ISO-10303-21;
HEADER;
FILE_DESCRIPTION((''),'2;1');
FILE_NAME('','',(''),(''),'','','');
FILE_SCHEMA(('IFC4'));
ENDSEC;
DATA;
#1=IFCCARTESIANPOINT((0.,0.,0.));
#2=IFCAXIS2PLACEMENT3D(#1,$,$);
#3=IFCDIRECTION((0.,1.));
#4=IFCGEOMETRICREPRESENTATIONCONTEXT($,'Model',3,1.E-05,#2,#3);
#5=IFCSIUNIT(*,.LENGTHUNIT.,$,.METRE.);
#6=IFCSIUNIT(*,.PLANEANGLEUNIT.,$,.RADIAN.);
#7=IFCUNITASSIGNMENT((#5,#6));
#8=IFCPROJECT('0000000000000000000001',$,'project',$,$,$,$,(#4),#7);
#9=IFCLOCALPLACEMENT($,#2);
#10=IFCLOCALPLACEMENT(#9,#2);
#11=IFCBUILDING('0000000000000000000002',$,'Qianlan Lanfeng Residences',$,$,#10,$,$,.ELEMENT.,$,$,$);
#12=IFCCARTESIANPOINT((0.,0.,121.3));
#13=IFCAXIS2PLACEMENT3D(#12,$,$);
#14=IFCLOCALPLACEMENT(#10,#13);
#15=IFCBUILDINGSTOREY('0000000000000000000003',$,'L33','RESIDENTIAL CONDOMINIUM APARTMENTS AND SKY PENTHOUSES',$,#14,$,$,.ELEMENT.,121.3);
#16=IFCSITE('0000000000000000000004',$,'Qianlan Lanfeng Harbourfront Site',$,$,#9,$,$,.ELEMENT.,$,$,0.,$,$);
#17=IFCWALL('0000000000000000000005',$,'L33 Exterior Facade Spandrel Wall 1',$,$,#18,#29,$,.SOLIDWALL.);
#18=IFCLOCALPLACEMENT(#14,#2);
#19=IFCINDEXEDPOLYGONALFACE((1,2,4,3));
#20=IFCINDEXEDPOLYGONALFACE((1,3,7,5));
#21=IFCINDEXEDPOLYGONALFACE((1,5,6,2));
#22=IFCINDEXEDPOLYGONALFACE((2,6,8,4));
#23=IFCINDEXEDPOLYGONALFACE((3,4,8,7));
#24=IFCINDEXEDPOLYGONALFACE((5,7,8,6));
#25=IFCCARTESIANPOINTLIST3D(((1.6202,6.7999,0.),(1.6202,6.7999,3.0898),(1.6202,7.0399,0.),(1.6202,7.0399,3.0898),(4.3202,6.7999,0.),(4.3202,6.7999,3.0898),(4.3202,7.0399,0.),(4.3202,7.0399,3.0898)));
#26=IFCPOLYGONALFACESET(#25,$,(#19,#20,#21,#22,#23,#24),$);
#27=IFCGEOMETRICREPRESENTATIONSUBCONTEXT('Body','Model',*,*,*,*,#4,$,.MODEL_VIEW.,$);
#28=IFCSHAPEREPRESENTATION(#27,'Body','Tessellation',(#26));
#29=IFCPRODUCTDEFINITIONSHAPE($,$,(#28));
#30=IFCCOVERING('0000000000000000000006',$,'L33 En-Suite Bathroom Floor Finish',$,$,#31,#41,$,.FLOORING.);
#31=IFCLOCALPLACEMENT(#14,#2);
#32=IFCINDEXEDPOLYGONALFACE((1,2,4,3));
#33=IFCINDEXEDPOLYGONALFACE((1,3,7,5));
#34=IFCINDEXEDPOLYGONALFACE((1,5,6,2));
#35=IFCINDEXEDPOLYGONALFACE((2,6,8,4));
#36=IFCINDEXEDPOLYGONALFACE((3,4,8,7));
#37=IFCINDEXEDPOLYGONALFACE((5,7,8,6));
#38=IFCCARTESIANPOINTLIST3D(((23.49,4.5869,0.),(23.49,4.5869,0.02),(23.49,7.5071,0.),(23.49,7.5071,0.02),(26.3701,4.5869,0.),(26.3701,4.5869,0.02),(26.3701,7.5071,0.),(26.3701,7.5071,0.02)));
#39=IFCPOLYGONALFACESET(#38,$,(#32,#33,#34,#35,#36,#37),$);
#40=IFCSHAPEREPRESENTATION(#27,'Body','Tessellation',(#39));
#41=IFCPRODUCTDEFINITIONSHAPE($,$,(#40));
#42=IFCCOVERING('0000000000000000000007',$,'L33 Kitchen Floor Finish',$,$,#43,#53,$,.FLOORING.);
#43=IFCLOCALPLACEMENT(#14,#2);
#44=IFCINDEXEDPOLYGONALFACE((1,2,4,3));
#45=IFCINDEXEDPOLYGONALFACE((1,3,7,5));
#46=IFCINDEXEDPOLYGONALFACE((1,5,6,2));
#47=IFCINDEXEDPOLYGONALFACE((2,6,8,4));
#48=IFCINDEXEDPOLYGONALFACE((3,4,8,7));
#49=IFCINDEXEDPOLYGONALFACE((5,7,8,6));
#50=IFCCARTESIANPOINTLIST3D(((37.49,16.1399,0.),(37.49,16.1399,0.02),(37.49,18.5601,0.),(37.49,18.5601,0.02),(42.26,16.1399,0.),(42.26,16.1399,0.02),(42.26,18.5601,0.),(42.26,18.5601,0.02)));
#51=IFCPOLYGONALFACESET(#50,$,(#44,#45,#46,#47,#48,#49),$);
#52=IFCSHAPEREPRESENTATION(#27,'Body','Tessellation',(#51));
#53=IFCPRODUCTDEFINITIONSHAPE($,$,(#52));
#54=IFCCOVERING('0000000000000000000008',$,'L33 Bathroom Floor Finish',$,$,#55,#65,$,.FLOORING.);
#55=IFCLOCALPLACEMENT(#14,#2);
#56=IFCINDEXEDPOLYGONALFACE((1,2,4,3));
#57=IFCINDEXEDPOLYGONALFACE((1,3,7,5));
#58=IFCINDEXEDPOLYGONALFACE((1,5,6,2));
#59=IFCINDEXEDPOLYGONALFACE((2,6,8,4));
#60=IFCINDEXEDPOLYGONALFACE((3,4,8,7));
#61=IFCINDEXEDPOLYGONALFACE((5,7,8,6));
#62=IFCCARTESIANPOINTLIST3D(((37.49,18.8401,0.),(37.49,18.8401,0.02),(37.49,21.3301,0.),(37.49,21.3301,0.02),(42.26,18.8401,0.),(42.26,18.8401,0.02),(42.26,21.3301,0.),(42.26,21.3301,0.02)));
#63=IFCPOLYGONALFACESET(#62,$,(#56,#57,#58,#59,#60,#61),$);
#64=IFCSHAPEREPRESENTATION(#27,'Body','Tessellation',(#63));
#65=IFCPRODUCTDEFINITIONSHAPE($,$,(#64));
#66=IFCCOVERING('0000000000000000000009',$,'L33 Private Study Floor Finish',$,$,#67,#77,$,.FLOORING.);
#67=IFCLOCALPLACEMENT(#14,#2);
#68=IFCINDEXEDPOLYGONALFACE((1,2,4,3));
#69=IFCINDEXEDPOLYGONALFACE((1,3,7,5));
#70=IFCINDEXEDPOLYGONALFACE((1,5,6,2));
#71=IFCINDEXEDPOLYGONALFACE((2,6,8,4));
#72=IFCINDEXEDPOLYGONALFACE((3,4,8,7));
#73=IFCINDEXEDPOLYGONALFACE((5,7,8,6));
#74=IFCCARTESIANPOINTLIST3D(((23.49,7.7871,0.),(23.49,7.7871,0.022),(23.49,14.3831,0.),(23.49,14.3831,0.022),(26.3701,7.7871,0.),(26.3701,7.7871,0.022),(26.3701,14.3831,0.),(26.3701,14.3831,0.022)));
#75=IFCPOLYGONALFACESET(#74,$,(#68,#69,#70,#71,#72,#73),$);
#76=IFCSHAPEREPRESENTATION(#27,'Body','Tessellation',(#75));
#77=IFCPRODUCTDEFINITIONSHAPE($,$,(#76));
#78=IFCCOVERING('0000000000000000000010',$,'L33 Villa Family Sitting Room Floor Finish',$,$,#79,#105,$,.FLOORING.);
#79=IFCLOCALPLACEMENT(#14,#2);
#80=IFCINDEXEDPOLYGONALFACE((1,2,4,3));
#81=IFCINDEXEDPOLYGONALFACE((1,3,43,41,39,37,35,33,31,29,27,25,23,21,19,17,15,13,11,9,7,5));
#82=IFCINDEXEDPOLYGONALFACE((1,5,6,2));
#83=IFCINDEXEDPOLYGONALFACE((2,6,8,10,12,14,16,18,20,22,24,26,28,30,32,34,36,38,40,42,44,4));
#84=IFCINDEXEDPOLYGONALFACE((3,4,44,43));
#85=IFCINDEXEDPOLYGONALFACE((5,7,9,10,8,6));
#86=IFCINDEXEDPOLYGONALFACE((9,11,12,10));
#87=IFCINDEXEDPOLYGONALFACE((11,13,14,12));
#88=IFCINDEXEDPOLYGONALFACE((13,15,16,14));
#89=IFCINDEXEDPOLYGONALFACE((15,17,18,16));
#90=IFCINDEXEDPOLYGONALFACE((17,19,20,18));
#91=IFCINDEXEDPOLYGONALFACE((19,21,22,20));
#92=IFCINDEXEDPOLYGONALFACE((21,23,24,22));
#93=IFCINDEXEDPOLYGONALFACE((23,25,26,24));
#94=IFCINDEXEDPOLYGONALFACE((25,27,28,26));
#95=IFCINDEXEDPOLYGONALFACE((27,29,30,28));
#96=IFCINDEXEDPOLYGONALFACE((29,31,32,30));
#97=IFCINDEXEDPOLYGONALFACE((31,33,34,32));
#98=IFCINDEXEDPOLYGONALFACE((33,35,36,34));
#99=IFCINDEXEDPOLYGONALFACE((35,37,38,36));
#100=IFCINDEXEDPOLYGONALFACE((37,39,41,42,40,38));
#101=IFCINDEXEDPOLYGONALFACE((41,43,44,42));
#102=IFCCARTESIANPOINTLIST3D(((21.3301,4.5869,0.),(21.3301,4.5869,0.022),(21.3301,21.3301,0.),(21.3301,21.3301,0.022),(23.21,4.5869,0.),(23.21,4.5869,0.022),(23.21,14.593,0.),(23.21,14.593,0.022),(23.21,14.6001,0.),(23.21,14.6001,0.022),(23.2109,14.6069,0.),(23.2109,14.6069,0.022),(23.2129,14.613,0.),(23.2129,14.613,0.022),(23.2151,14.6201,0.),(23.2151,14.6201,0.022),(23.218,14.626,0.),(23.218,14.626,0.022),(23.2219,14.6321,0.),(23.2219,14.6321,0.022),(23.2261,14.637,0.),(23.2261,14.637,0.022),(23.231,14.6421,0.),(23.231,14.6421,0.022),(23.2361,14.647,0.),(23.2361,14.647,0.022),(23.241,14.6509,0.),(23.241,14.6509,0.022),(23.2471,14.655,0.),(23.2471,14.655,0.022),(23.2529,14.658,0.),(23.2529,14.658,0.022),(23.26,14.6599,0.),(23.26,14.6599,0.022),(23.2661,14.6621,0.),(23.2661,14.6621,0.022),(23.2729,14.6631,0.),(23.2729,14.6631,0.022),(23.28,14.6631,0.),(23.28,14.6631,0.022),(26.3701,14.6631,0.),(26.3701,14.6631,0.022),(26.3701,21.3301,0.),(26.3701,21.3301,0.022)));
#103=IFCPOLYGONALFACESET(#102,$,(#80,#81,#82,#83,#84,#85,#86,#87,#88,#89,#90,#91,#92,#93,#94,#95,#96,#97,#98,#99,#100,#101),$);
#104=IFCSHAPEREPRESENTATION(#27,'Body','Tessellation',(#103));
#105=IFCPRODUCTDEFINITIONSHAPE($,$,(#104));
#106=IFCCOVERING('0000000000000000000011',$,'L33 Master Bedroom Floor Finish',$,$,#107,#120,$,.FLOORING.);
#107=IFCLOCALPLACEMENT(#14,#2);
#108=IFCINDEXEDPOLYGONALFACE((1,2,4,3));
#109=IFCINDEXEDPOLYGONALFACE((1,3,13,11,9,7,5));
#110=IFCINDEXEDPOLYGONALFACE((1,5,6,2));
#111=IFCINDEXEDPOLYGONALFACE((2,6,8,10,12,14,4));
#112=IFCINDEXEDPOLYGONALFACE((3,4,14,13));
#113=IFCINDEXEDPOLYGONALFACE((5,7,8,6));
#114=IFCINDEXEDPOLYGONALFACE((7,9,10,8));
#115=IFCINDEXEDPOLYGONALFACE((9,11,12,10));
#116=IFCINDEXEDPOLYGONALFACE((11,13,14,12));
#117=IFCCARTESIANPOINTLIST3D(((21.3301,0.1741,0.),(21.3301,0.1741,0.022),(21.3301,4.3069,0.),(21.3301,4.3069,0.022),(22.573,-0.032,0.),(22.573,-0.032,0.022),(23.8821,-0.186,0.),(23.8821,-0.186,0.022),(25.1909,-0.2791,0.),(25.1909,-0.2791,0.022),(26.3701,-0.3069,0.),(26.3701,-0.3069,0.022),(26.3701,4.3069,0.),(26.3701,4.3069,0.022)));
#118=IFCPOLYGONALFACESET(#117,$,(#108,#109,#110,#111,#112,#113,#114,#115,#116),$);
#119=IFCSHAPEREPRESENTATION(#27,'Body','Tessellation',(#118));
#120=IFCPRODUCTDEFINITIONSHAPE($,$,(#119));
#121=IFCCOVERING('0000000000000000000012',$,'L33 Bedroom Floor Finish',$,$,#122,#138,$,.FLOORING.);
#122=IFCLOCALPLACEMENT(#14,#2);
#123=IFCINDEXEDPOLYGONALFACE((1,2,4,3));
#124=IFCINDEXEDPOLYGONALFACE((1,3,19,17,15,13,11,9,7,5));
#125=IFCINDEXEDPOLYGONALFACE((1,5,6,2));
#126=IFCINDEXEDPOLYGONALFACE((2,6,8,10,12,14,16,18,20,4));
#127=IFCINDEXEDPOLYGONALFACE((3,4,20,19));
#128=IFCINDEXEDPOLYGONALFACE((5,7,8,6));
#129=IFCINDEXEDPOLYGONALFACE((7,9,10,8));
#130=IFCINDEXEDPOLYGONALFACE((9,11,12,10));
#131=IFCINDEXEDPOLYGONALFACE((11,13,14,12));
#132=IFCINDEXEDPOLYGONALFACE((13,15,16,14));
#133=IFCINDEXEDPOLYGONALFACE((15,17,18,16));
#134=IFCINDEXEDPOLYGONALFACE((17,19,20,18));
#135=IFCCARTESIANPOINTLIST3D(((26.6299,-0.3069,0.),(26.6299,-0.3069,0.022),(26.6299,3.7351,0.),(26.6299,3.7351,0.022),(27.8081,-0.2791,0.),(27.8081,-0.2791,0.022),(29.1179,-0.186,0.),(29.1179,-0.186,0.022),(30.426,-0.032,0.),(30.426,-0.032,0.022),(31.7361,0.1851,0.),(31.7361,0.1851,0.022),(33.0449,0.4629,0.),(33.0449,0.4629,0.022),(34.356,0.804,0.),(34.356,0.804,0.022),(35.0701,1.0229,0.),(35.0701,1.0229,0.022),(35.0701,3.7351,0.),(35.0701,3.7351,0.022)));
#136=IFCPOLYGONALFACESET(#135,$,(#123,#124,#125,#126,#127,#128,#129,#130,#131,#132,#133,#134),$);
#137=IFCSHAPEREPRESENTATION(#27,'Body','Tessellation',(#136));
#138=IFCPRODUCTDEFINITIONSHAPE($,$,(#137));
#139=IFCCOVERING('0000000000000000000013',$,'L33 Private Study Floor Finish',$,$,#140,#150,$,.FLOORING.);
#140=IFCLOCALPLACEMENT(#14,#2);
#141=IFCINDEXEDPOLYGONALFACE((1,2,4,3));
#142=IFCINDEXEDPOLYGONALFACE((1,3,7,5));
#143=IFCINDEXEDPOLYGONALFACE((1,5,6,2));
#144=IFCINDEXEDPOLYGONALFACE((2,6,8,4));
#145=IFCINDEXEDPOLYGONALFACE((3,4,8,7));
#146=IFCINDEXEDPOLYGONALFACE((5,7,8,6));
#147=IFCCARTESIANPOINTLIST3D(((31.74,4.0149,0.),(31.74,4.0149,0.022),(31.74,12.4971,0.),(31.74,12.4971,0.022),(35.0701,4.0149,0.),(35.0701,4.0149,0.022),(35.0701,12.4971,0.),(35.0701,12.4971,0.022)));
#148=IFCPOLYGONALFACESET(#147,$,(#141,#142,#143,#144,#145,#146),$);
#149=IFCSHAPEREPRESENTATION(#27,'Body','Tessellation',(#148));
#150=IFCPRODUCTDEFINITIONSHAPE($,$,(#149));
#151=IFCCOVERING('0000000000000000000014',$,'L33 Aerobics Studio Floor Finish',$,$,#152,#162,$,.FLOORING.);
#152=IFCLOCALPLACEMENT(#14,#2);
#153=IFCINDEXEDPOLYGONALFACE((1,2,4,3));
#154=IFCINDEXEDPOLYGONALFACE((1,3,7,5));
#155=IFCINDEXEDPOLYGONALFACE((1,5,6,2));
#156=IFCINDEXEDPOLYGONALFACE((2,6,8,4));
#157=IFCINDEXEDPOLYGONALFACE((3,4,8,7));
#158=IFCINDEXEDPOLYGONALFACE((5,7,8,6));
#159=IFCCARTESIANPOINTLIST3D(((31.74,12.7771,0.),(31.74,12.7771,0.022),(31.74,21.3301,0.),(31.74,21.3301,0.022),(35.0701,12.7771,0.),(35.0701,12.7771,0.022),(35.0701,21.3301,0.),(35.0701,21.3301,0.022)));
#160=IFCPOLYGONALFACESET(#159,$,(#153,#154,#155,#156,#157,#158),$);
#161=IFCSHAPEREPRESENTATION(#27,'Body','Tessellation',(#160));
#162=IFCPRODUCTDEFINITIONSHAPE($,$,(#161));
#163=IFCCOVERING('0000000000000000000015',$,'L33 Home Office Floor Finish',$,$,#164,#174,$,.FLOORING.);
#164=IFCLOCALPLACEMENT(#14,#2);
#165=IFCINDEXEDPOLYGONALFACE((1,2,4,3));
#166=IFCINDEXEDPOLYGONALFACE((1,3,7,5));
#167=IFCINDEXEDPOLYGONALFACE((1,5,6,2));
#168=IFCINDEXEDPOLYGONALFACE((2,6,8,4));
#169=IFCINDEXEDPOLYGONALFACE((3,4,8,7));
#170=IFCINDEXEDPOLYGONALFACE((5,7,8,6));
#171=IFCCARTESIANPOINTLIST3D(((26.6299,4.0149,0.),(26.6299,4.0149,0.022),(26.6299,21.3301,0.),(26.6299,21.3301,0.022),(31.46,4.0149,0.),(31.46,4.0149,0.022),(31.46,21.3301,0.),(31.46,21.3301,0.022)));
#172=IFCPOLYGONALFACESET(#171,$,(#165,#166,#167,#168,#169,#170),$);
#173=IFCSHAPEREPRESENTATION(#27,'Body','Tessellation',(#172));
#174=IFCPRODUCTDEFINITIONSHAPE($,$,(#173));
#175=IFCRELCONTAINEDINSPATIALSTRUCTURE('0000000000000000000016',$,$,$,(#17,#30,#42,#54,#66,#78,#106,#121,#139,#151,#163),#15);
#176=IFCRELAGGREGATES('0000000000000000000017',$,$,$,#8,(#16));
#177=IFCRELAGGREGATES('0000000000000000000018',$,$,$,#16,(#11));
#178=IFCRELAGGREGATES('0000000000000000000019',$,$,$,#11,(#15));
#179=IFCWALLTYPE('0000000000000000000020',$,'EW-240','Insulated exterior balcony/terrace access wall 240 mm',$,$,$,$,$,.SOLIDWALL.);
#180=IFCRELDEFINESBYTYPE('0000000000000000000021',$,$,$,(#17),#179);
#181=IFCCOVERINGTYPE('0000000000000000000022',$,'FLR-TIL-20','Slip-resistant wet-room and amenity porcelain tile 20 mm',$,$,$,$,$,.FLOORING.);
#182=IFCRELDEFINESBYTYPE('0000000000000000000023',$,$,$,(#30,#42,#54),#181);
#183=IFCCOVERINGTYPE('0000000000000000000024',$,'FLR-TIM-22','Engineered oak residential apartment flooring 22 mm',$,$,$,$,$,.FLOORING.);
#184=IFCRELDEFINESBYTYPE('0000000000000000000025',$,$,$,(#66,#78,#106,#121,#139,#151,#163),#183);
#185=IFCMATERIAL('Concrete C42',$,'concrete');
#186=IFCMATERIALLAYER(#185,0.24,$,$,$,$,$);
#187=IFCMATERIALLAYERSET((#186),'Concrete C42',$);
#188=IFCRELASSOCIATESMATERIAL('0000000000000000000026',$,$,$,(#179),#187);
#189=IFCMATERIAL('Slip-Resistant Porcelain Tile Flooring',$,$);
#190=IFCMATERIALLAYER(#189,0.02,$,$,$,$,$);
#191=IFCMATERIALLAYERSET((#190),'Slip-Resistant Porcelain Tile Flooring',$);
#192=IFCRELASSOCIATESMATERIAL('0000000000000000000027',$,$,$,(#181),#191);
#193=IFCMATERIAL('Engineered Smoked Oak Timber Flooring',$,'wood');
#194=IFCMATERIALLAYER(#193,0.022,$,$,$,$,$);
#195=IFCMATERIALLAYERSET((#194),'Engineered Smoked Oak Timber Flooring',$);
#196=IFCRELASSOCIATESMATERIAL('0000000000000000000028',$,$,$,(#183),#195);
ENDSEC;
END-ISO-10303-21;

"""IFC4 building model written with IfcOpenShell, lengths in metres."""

from ifc_helpers import new_model, si_unit, direction, frame, frame_2d, origin, place, context, subcontext, project, spatial, polyline, rectangle, outline, extrude, material, layer, layer_set, type_object, element, save


model = new_model("IFC4")

# Units and contexts
model_context = context("Model", 3, precision=1e-05, world=origin(), true_north=direction((0.0, 1.0)))
body_context = subcontext(model_context, "Body", "Model", "MODEL_VIEW")
ifc_project = project(units=[si_unit("LENGTHUNIT", "METRE"), si_unit("PLANEANGLEUNIT", "RADIAN")], contexts=[model_context])

# Site, building, storey
site_placement = place(None, origin())
site = spatial("IfcSite", under=ifc_project, at=site_placement, Name="Qianlan Lanfeng Harbourfront Site", CompositionType="ELEMENT", RefElevation=0.0)
building_placement = place(site_placement, origin())
building = spatial("IfcBuilding", under=site, at=building_placement, Name="Qianlan Lanfeng Residences", CompositionType="ELEMENT")
storey_placement = place(building_placement, frame((0.0, 0.0, 121.3)))
storey = spatial("IfcBuildingStorey", under=building, at=storey_placement, Name="L33", Description="RESIDENTIAL CONDOMINIUM APARTMENTS AND SKY PENTHOUSES", CompositionType="ELEMENT", Elevation=121.3)

# Wall
ifc_material_1 = material(Name="Concrete C42", Category="concrete")
ifc_layer_1 = layer(ifc_material_1, 0.24)
ifc_layer_set_1 = layer_set([ifc_layer_1], Name="Concrete C42")
wall_type = type_object("IfcWallType", Name="EW-240", Description="Insulated exterior balcony/terrace access wall 240 mm", PredefinedType="SOLIDWALL", material=ifc_layer_set_1)
wall_placement = place(storey_placement, frame((1.6201, 6.9199, 0.0), z_axis=(0.0, 0.0, 1.0), x_axis=(1.0, 0.0, 0.0)))
element("IfcWall", 1, at=wall_placement, inside=storey, type_object=wall_type, Name="L33 Exterior Facade Spandrel Wall 1", PredefinedType="SOLIDWALL", context=body_context, shape_type="SweptSolid", body=[
    extrude(rectangle(XDim=2.7, YDim=0.24, at=frame_2d((1.3501, 0.0))), origin(), (0.0, 0.0, 1.0), 3.0898),
])

# Coverings
ifc_material_2 = material(Name="Slip-Resistant Porcelain Tile Flooring")
ifc_layer_2 = layer(ifc_material_2, 0.02)
ifc_layer_set_2 = layer_set([ifc_layer_2], Name="Slip-Resistant Porcelain Tile Flooring")
covering_type_1 = type_object("IfcCoveringType", Name="FLR-TIL-20", Description="Slip-resistant wet-room and amenity porcelain tile 20 mm", PredefinedType="FLOORING", material=ifc_layer_set_2)
covering_1_placement = place(storey_placement, origin())
element("IfcCovering", 2, at=covering_1_placement, inside=storey, type_object=covering_type_1, Name="L33 En-Suite Bathroom Floor Finish", PredefinedType="FLOORING", context=body_context, shape_type="SweptSolid", body=[
    extrude(outline(polyline([(23.49, 4.5869), (26.3701, 4.5869), (26.3701, 7.5071), (23.49, 7.5071), (23.49, 4.5869)])), origin(), (0.0, 0.0, 1.0), 0.02),
])
covering_2_placement = place(storey_placement, origin())
element("IfcCovering", 3, at=covering_2_placement, inside=storey, type_object=covering_type_1, Name="L33 Kitchen Floor Finish", PredefinedType="FLOORING", context=body_context, shape_type="SweptSolid", body=[
    extrude(outline(polyline([(37.49, 16.1399), (42.26, 16.1399), (42.26, 18.5601), (37.49, 18.5601), (37.49, 16.1399)])), origin(), (0.0, 0.0, 1.0), 0.02),
])
covering_3_placement = place(storey_placement, origin())
element("IfcCovering", 4, at=covering_3_placement, inside=storey, type_object=covering_type_1, Name="L33 Bathroom Floor Finish", PredefinedType="FLOORING", context=body_context, shape_type="SweptSolid", body=[
    extrude(outline(polyline([(37.49, 18.8401), (42.26, 18.8401), (42.26, 21.3301), (37.49, 21.3301), (37.49, 18.8401)])), origin(), (0.0, 0.0, 1.0), 0.02),
])
ifc_material_3 = material(Name="Engineered Smoked Oak Timber Flooring", Category="wood")
ifc_layer_3 = layer(ifc_material_3, 0.022)
ifc_layer_set_3 = layer_set([ifc_layer_3], Name="Engineered Smoked Oak Timber Flooring")
covering_type_2 = type_object("IfcCoveringType", Name="FLR-TIM-22", Description="Engineered oak residential apartment flooring 22 mm", PredefinedType="FLOORING", material=ifc_layer_set_3)
covering_4_placement = place(storey_placement, origin())
element("IfcCovering", 5, at=covering_4_placement, inside=storey, type_object=covering_type_2, Name="L33 Private Study Floor Finish", PredefinedType="FLOORING", context=body_context, shape_type="SweptSolid", body=[
    extrude(outline(polyline([(23.49, 7.7871), (26.3701, 7.7871), (26.3701, 14.3831), (23.49, 14.3831), (23.49, 7.7871)])), origin(), (0.0, 0.0, 1.0), 0.022),
])
covering_5_placement = place(storey_placement, origin())
element("IfcCovering", 6, at=covering_5_placement, inside=storey, type_object=covering_type_2, Name="L33 Villa Family Sitting Room Floor Finish", PredefinedType="FLOORING", context=body_context, shape_type="SweptSolid", body=[
    extrude(outline(polyline([(21.3301, 4.5869), (23.21, 4.5869), (23.21, 14.593), (23.21, 14.6001), (23.2109, 14.6069), (23.2129, 14.613), (23.2151, 14.6201), (23.218, 14.626), (23.2219, 14.6321), (23.2261, 14.637), (23.231, 14.6421), (23.2361, 14.647), (23.241, 14.6509), (23.2471, 14.655), (23.2529, 14.658), (23.26, 14.6599), (23.2661, 14.6621), (23.2729, 14.6631), (23.28, 14.6631), (26.3701, 14.6631), (26.3701, 21.3301), (21.3301, 21.3301), (21.3301, 4.5869)])), origin(), (0.0, 0.0, 1.0), 0.022),
])
covering_6_placement = place(storey_placement, origin())
element("IfcCovering", 7, at=covering_6_placement, inside=storey, type_object=covering_type_2, Name="L33 Master Bedroom Floor Finish", PredefinedType="FLOORING", context=body_context, shape_type="SweptSolid", body=[
    extrude(outline(polyline([(21.3301, 4.3069), (21.3301, 0.1741), (22.573, -0.032), (23.8821, -0.186), (25.1909, -0.2791), (26.3701, -0.3069), (26.3701, 4.3069), (21.3301, 4.3069)])), origin(), (0.0, 0.0, 1.0), 0.022),
])
covering_7_placement = place(storey_placement, origin())
element("IfcCovering", 8, at=covering_7_placement, inside=storey, type_object=covering_type_2, Name="L33 Bedroom Floor Finish", PredefinedType="FLOORING", context=body_context, shape_type="SweptSolid", body=[
    extrude(outline(polyline([(26.6299, 3.7351), (26.6299, -0.3069), (27.8081, -0.2791), (29.1179, -0.186), (30.426, -0.032), (31.7361, 0.1851), (33.0449, 0.4629), (34.356, 0.804), (35.0701, 1.0229), (35.0701, 3.7351), (26.6299, 3.7351)])), origin(), (0.0, 0.0, 1.0), 0.022),
])
covering_8_placement = place(storey_placement, origin())
element("IfcCovering", 9, at=covering_8_placement, inside=storey, type_object=covering_type_2, Name="L33 Private Study Floor Finish", PredefinedType="FLOORING", context=body_context, shape_type="SweptSolid", body=[
    extrude(outline(polyline([(31.74, 4.0149), (35.0701, 4.0149), (35.0701, 12.4971), (31.74, 12.4971), (31.74, 4.0149)])), origin(), (0.0, 0.0, 1.0), 0.022),
])
covering_9_placement = place(storey_placement, origin())
element("IfcCovering", 10, at=covering_9_placement, inside=storey, type_object=covering_type_2, Name="L33 Aerobics Studio Floor Finish", PredefinedType="FLOORING", context=body_context, shape_type="SweptSolid", body=[
    extrude(outline(polyline([(31.74, 12.7771), (35.0701, 12.7771), (35.0701, 21.3301), (31.74, 21.3301), (31.74, 12.7771)])), origin(), (0.0, 0.0, 1.0), 0.022),
])
covering_10_placement = place(storey_placement, origin())
element("IfcCovering", 11, at=covering_10_placement, inside=storey, type_object=covering_type_2, Name="L33 Home Office Floor Finish", PredefinedType="FLOORING", context=body_context, shape_type="SweptSolid", body=[
    extrude(outline(polyline([(26.6299, 4.0149), (31.46, 4.0149), (31.46, 21.3301), (26.6299, 21.3301), (26.6299, 4.0149)])), origin(), (0.0, 0.0, 1.0), 0.022),
])

save(model, "model.ifc")
